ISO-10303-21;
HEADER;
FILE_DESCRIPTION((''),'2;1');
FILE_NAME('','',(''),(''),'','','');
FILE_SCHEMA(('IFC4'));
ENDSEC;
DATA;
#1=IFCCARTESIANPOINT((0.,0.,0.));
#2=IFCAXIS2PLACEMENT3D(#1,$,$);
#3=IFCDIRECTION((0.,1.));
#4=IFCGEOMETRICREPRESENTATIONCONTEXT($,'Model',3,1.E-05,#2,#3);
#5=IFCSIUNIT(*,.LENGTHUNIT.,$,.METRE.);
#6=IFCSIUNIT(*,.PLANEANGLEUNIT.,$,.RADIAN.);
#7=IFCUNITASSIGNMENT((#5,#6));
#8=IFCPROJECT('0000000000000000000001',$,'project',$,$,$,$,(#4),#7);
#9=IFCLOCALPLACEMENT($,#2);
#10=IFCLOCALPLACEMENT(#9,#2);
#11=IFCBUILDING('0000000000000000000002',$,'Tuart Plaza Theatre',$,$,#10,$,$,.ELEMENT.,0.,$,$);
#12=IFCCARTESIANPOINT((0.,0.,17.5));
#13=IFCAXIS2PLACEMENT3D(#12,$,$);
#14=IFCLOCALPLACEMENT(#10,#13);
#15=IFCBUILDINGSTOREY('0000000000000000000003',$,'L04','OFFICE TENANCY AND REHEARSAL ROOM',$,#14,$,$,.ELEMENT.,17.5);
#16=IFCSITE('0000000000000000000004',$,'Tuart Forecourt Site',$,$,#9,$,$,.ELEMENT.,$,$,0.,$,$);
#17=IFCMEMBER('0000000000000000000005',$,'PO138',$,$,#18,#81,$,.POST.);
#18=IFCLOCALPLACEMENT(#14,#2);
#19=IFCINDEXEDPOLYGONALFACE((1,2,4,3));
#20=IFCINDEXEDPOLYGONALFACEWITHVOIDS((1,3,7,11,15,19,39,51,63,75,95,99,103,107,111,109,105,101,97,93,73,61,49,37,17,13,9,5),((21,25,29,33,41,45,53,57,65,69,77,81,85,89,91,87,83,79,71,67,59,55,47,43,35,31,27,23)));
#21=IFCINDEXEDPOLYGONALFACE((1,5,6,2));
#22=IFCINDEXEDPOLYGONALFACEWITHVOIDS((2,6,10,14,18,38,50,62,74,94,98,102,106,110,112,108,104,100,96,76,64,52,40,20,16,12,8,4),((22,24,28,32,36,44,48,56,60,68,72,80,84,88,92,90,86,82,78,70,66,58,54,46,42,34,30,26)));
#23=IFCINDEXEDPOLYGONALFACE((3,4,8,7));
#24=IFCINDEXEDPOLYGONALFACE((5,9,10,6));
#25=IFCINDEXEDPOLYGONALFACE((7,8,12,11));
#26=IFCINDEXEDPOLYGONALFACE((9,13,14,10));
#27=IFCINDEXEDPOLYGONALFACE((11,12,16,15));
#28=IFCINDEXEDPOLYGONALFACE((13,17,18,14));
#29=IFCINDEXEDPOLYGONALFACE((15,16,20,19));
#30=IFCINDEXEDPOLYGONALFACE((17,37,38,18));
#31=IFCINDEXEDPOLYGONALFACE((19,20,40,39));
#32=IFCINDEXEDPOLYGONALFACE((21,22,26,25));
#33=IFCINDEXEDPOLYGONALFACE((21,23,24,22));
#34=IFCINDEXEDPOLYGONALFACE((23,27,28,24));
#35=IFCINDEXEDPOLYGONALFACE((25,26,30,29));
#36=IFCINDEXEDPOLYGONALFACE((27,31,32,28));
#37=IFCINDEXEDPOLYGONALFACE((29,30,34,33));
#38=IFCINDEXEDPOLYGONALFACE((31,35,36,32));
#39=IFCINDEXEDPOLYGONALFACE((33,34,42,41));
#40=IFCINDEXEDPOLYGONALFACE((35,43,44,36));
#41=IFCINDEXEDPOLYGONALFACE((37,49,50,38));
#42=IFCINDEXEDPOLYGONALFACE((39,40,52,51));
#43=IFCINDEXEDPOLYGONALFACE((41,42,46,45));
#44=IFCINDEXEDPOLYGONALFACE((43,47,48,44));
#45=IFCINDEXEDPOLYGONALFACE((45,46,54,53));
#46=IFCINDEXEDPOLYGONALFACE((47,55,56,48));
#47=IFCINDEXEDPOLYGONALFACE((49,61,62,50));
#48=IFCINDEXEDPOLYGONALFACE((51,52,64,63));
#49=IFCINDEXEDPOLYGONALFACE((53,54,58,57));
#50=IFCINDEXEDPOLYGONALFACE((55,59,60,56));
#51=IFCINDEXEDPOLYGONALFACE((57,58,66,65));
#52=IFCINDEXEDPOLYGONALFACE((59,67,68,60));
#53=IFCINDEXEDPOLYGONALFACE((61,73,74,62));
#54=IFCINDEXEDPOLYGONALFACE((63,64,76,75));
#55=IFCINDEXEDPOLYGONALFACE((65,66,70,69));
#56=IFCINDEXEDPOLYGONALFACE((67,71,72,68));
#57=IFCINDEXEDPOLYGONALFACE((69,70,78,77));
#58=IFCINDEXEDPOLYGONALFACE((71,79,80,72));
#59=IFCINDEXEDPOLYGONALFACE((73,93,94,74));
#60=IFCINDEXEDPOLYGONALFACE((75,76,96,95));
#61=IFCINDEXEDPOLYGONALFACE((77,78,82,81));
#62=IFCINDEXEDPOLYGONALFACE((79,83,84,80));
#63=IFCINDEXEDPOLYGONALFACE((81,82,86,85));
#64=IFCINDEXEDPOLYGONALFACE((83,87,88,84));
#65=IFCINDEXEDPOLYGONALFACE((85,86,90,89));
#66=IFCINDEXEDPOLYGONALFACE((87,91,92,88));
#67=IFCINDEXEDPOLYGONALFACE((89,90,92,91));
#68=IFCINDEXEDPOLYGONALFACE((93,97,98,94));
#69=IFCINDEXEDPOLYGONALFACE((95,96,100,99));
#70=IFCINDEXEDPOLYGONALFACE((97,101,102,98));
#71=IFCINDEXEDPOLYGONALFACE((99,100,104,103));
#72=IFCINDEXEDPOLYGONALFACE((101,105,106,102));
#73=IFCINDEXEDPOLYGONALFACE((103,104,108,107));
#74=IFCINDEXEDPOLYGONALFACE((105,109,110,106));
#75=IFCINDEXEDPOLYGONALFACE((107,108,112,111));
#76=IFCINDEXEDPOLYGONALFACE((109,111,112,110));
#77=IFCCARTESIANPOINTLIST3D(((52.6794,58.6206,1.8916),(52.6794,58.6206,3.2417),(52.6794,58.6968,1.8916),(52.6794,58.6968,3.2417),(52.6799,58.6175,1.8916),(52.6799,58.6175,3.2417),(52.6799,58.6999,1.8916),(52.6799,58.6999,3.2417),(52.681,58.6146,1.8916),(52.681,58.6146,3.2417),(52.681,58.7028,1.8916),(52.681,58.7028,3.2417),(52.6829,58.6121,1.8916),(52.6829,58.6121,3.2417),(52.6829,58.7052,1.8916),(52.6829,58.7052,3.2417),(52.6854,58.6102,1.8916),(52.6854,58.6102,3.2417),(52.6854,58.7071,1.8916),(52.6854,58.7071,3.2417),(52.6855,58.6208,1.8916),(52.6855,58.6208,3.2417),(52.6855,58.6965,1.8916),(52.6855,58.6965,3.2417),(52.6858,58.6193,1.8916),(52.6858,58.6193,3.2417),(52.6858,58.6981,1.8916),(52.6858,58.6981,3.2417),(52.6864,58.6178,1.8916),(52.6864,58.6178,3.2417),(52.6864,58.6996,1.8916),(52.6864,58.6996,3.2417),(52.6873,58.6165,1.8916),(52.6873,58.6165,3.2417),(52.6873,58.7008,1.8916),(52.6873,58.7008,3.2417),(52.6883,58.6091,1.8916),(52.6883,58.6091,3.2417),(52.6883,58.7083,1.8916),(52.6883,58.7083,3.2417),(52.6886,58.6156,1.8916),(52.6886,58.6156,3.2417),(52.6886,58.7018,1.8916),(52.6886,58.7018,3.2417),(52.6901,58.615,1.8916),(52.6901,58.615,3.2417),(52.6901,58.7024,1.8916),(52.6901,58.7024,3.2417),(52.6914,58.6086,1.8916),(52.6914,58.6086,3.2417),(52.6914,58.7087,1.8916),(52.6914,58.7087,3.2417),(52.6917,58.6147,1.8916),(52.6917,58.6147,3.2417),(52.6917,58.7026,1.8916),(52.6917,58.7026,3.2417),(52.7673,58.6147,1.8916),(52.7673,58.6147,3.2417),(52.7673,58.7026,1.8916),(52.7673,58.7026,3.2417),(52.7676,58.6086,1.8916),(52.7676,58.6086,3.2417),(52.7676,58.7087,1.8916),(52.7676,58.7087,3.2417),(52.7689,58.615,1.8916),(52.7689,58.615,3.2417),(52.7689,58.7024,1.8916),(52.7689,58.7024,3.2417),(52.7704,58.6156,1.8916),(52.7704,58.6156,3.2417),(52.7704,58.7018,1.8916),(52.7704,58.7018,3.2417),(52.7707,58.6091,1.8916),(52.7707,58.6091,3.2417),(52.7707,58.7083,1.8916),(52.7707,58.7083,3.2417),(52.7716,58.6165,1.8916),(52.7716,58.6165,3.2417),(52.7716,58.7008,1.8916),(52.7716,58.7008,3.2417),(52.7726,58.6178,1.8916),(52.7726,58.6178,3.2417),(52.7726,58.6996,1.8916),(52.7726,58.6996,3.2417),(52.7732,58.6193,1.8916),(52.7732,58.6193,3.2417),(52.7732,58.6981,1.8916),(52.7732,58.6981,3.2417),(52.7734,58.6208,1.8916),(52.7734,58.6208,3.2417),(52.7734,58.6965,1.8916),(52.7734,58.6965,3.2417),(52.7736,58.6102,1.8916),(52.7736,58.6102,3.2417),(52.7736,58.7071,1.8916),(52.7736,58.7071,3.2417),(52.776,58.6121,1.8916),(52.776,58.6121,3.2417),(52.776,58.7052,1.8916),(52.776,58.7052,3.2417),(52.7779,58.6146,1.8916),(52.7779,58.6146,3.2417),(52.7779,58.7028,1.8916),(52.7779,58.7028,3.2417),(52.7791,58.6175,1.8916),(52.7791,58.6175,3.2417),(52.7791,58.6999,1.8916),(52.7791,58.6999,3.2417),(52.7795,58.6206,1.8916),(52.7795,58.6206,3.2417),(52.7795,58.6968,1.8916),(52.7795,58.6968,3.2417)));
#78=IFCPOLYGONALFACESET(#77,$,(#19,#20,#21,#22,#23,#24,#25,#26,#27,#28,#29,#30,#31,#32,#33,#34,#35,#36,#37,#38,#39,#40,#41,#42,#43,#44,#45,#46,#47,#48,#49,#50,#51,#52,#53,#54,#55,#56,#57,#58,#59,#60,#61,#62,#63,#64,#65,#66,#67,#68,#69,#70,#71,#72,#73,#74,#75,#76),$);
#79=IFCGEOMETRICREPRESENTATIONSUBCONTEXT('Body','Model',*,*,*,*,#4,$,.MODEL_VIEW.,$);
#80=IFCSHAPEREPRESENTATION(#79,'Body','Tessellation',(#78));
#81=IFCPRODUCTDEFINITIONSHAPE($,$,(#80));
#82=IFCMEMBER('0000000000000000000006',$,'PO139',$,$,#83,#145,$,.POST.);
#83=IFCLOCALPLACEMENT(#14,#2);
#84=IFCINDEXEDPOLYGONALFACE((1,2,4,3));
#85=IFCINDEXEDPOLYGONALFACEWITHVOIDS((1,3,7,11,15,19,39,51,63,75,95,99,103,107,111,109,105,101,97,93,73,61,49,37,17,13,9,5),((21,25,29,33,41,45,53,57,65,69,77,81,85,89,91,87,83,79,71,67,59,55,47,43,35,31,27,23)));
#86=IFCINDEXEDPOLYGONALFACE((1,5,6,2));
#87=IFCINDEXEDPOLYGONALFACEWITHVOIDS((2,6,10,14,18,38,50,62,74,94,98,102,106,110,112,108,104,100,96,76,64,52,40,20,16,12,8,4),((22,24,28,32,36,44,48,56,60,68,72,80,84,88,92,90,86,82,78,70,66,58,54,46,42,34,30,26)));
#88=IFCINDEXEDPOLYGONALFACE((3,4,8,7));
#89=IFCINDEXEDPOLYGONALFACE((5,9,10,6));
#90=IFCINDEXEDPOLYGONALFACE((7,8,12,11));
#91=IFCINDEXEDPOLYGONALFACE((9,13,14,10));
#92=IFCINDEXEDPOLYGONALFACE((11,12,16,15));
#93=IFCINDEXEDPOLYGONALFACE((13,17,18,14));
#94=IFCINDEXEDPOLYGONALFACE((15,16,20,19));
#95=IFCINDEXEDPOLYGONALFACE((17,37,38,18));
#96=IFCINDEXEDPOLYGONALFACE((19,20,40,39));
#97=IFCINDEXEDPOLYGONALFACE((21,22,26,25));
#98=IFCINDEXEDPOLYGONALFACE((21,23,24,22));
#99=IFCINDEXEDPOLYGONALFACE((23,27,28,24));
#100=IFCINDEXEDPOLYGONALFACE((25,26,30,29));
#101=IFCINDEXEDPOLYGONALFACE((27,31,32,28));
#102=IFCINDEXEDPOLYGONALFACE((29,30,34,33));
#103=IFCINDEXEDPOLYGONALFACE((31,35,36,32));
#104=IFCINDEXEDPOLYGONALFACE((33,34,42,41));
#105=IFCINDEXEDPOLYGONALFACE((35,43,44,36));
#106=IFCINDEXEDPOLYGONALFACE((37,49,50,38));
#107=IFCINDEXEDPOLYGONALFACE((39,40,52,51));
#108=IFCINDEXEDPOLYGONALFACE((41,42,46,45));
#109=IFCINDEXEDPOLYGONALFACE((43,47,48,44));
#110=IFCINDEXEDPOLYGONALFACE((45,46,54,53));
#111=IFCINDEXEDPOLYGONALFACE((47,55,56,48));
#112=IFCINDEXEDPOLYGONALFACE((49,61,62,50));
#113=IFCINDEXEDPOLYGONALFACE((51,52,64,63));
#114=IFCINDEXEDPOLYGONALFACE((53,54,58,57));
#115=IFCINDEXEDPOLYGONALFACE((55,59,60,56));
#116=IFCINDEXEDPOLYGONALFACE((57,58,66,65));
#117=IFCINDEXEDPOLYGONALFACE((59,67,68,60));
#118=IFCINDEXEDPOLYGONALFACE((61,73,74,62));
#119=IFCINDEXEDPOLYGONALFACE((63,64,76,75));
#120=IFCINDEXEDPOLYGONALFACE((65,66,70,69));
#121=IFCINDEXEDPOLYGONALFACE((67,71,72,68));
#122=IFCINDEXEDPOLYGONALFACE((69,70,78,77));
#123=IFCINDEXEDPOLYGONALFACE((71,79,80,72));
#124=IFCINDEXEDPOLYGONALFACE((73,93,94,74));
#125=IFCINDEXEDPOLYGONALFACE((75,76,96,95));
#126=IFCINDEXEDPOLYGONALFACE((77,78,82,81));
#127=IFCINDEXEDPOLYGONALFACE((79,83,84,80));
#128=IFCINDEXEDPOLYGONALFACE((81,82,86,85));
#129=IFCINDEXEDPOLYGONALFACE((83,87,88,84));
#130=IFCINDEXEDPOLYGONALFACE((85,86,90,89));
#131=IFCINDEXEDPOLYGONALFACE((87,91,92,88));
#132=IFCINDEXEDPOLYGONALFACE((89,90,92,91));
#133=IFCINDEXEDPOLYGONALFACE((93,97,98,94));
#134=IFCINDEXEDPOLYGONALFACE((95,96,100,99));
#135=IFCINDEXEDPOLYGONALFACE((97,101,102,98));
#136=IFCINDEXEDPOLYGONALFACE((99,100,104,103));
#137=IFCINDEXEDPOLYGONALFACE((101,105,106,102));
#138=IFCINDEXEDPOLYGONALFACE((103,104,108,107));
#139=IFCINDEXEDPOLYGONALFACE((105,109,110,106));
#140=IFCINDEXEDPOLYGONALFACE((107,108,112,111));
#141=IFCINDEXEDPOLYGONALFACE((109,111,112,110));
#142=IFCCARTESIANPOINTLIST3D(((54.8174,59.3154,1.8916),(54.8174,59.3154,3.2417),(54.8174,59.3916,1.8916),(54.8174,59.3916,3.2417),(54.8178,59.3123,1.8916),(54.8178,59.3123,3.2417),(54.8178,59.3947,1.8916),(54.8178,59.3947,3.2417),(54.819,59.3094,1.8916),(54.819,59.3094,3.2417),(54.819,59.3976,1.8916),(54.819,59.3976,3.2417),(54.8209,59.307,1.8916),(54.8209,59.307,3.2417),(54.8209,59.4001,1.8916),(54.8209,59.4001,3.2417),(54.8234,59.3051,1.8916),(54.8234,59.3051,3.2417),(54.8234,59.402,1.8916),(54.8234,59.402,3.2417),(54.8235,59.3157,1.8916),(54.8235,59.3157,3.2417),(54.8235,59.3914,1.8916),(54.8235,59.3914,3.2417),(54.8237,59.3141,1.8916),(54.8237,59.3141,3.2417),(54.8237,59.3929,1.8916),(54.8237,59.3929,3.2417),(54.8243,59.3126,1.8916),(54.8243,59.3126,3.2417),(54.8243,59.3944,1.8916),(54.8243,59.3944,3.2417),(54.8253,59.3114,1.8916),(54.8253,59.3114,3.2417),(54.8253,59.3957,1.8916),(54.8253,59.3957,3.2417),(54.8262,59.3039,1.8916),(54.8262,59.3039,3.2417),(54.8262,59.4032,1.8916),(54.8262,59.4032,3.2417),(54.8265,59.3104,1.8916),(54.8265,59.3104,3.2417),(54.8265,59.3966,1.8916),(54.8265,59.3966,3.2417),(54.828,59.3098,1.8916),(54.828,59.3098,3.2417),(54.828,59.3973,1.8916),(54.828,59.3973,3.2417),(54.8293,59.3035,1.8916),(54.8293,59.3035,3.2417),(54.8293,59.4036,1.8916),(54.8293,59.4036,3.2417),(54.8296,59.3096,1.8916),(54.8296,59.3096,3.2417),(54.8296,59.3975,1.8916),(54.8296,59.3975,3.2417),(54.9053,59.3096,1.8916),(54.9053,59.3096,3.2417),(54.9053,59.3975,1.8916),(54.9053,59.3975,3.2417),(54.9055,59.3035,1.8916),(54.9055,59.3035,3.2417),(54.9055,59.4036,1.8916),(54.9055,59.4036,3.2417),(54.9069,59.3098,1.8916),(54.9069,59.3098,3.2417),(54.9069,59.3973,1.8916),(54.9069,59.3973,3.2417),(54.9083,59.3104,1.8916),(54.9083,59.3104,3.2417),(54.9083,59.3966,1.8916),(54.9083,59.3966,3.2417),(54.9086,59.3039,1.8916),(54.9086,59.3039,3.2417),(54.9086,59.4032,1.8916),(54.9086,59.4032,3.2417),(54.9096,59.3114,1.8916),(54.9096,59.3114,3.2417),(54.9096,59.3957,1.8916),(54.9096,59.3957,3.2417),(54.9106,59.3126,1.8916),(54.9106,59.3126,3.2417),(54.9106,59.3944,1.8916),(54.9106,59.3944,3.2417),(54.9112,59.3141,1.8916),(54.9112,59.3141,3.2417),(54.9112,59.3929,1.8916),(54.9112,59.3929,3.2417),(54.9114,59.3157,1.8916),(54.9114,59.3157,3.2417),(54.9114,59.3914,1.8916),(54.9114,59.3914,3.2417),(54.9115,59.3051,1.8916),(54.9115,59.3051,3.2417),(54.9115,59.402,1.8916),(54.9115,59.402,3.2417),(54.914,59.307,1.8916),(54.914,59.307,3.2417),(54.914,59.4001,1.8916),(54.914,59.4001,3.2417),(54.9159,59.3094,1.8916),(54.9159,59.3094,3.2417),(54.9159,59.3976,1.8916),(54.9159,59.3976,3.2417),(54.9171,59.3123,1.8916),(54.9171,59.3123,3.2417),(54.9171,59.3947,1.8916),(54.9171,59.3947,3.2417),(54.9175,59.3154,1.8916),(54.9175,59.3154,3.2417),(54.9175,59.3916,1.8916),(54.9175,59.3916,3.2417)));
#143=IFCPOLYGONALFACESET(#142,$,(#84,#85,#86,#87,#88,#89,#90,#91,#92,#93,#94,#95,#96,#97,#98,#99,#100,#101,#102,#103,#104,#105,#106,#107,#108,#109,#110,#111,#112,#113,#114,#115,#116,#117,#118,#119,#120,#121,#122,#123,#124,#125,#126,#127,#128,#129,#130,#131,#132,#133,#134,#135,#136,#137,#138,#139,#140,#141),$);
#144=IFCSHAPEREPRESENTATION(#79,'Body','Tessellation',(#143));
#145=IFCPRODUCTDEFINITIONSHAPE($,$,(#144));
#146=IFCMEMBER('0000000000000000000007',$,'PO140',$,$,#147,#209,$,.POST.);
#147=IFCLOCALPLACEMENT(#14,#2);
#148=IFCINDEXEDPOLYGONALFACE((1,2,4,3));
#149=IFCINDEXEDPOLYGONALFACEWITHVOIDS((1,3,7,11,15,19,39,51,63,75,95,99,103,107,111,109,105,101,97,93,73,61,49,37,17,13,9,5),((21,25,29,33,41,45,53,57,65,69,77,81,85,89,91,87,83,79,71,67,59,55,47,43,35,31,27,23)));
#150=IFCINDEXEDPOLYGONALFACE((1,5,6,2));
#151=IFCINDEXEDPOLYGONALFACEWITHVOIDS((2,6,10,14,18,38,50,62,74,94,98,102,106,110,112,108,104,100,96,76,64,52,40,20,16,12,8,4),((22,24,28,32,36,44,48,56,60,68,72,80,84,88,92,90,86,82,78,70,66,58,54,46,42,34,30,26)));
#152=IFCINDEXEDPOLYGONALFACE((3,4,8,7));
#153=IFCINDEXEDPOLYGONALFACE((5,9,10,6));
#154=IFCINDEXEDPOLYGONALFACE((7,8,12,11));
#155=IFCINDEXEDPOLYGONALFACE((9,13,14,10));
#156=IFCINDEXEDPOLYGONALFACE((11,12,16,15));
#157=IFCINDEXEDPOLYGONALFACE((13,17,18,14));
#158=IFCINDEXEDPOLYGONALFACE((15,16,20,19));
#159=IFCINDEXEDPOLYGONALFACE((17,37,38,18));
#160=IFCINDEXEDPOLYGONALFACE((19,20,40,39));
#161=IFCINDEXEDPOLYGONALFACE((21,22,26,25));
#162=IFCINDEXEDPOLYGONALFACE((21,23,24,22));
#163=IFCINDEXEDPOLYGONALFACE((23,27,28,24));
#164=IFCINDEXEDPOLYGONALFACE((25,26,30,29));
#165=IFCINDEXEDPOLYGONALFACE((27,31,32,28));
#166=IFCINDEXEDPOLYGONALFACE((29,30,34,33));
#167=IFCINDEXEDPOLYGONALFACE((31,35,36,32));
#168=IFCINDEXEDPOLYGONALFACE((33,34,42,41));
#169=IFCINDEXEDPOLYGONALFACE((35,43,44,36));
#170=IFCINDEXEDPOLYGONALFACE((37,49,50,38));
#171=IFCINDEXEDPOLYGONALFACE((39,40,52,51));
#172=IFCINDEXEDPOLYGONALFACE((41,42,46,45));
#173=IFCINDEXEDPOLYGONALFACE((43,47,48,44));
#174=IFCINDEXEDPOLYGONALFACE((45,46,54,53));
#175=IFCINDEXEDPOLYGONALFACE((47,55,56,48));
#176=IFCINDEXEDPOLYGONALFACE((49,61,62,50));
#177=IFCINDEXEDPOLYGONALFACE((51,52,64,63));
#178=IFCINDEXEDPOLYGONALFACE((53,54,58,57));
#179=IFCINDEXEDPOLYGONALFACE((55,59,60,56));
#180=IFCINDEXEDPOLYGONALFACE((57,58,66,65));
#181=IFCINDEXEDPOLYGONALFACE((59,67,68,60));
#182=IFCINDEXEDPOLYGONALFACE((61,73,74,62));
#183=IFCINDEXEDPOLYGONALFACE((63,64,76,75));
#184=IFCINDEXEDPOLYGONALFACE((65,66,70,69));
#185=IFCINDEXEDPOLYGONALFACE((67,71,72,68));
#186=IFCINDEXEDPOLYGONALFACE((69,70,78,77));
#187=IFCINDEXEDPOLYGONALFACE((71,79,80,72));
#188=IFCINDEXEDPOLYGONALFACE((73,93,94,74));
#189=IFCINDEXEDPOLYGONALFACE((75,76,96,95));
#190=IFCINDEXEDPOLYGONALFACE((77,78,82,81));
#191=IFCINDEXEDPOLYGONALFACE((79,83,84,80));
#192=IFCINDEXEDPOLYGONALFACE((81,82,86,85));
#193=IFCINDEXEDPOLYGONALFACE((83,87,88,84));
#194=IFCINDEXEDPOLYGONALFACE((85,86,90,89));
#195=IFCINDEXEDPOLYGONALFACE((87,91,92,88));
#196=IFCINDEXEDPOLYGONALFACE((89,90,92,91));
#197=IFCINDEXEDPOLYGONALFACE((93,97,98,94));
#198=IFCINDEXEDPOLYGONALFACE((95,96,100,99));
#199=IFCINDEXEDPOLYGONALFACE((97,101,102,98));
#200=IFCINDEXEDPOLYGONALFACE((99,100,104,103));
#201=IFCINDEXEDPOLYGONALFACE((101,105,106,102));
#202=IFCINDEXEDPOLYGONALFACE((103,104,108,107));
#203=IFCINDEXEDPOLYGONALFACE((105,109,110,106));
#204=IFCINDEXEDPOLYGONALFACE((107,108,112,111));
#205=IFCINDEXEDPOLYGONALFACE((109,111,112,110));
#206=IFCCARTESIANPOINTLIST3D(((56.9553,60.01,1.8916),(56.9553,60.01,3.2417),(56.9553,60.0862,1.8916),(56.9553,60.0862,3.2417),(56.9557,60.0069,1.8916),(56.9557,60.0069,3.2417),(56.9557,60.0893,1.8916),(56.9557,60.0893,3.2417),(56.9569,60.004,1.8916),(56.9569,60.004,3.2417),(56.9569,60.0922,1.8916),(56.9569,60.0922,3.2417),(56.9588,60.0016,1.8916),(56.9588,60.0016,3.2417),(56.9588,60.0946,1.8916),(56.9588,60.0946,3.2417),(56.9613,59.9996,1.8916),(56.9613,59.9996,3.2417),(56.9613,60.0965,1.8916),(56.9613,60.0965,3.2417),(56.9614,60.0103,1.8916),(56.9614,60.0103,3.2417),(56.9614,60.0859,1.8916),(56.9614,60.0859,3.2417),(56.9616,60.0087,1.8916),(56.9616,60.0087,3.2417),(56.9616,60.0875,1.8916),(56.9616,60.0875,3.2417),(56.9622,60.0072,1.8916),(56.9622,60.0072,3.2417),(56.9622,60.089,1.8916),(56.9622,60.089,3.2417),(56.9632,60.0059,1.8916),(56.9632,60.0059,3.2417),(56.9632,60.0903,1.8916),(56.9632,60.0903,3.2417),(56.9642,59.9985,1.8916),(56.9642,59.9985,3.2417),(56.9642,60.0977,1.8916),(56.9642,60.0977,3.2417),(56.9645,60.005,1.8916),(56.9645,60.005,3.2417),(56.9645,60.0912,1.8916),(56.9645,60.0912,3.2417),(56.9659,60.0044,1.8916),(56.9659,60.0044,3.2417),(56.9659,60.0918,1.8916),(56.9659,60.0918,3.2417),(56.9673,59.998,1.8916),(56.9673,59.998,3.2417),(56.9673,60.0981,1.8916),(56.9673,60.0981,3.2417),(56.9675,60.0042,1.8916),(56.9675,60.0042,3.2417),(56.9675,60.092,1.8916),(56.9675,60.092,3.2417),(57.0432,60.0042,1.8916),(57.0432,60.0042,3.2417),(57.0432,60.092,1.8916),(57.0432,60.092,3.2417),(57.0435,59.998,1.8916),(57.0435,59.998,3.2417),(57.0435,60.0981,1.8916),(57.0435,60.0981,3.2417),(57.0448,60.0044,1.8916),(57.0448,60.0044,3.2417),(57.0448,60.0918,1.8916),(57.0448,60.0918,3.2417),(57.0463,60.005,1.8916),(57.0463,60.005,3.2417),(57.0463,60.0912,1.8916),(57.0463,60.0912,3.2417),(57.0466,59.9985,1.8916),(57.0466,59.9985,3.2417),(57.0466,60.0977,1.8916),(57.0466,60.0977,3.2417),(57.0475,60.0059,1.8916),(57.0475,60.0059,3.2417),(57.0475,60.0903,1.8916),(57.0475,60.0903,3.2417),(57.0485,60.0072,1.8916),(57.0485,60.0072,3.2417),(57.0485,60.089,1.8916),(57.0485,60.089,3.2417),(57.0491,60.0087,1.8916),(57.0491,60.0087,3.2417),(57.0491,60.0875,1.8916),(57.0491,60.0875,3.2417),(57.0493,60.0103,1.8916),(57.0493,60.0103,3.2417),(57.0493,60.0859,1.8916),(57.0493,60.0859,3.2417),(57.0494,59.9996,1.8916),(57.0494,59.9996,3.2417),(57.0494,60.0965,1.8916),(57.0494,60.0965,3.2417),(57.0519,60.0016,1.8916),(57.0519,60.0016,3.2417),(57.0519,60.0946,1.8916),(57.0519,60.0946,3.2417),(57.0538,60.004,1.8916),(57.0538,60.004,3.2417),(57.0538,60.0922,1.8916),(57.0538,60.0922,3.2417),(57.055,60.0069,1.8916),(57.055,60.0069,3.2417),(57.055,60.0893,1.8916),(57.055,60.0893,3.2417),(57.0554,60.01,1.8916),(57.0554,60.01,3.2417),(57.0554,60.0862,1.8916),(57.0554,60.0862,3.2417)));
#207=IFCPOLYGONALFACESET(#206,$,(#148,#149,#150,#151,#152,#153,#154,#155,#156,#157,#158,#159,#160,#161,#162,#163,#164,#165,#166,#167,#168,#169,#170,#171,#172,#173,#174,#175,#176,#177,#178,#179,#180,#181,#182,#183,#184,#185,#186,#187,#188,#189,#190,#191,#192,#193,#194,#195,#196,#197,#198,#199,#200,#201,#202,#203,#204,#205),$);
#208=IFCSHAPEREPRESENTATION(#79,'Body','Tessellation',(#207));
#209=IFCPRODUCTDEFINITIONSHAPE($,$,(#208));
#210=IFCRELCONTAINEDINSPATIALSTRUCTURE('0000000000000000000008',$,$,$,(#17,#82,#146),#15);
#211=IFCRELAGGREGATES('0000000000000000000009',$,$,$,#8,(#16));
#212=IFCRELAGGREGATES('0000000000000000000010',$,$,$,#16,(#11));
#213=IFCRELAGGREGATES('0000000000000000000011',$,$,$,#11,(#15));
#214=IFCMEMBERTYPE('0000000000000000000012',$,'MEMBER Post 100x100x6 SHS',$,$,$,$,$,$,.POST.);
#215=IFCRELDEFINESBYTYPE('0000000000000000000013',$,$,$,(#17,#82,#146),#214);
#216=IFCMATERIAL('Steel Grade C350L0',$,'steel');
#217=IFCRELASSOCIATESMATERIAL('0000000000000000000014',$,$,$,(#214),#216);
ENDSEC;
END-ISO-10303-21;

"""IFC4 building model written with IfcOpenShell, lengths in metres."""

from ifc_helpers import new_model, si_unit, direction, frame, origin, origin_2d, place, context, subcontext, project, spatial, hollow_rectangle, extrude, material, material_profile, profile_set, type_object, element, save


model = new_model("IFC4")

# Units and contexts
model_context = context("Model", 3, precision=1e-05, world=origin(), true_north=direction((0.0, 1.0)))
body_context = subcontext(model_context, "Body", "Model", "MODEL_VIEW")
ifc_project = project(units=[si_unit("LENGTHUNIT", "METRE"), si_unit("PLANEANGLEUNIT", "RADIAN")], contexts=[model_context])

# Site, building, storey
site_placement = place(None, origin())
site = spatial("IfcSite", under=ifc_project, at=site_placement, Name="Tuart Forecourt Site", CompositionType="ELEMENT", RefElevation=0.0)
building_placement = place(site_placement, origin())
building = spatial("IfcBuilding", under=site, at=building_placement, Name="Tuart Plaza Theatre", CompositionType="ELEMENT", ElevationOfRefHeight=0.0)
storey_placement = place(building_placement, frame((0.0, 0.0, 17.5)))
storey = spatial("IfcBuildingStorey", under=building, at=storey_placement, Name="L04", Description="OFFICE TENANCY AND REHEARSAL ROOM", CompositionType="ELEMENT", Elevation=17.5)

# Members
ifc_material_1 = material(Name="Steel Grade C350L0", Category="steel")
ifc_material_profile_1 = material_profile(ifc_material_1, hollow_rectangle(XDim=0.1001, YDim=0.1001, WallThickness=0.0061, InnerFilletRadius=0.0061, OuterFilletRadius=0.012, at=origin_2d()), Name="100x100x6 SHS")
ifc_profile_set_1 = profile_set([ifc_material_profile_1], Name="Steel Grade C350L0")
member_type_1 = type_object("IfcMemberType", Name="MEMBER Post 100x100x6 SHS", PredefinedType="POST", material=ifc_profile_set_1)
for number, where, z_axis, x_axis, name in (
    (1, (52.7295, 58.6587, 1.8916), (0.0, 0.0, 1.0), (1.0, 0.0, 0.0), "PO138"),
    (2, (54.8674, 59.3535, 1.8916), (0.0, 0.0, 1.0), (1.0, 0.0, 0.0), "PO139"),
    (3, (57.0054, 60.0481, 1.8916), (0.0, 0.0, 1.0), (1.0, 0.0, 0.0), "PO140"),
):
    element("IfcMember", number, at=place(storey_placement, frame(where, z_axis=z_axis, x_axis=x_axis)), inside=storey, type_object=member_type_1, Name=name, PredefinedType="POST", context=body_context, shape_type="SweptSolid", body=[
        extrude(hollow_rectangle(XDim=0.1001, YDim=0.1001, WallThickness=0.0061, InnerFilletRadius=0.0061, OuterFilletRadius=0.012, at=origin_2d()), origin(), (0.0, 0.0, 1.0), 1.3501),
    ])

save(model, "model.ifc")
